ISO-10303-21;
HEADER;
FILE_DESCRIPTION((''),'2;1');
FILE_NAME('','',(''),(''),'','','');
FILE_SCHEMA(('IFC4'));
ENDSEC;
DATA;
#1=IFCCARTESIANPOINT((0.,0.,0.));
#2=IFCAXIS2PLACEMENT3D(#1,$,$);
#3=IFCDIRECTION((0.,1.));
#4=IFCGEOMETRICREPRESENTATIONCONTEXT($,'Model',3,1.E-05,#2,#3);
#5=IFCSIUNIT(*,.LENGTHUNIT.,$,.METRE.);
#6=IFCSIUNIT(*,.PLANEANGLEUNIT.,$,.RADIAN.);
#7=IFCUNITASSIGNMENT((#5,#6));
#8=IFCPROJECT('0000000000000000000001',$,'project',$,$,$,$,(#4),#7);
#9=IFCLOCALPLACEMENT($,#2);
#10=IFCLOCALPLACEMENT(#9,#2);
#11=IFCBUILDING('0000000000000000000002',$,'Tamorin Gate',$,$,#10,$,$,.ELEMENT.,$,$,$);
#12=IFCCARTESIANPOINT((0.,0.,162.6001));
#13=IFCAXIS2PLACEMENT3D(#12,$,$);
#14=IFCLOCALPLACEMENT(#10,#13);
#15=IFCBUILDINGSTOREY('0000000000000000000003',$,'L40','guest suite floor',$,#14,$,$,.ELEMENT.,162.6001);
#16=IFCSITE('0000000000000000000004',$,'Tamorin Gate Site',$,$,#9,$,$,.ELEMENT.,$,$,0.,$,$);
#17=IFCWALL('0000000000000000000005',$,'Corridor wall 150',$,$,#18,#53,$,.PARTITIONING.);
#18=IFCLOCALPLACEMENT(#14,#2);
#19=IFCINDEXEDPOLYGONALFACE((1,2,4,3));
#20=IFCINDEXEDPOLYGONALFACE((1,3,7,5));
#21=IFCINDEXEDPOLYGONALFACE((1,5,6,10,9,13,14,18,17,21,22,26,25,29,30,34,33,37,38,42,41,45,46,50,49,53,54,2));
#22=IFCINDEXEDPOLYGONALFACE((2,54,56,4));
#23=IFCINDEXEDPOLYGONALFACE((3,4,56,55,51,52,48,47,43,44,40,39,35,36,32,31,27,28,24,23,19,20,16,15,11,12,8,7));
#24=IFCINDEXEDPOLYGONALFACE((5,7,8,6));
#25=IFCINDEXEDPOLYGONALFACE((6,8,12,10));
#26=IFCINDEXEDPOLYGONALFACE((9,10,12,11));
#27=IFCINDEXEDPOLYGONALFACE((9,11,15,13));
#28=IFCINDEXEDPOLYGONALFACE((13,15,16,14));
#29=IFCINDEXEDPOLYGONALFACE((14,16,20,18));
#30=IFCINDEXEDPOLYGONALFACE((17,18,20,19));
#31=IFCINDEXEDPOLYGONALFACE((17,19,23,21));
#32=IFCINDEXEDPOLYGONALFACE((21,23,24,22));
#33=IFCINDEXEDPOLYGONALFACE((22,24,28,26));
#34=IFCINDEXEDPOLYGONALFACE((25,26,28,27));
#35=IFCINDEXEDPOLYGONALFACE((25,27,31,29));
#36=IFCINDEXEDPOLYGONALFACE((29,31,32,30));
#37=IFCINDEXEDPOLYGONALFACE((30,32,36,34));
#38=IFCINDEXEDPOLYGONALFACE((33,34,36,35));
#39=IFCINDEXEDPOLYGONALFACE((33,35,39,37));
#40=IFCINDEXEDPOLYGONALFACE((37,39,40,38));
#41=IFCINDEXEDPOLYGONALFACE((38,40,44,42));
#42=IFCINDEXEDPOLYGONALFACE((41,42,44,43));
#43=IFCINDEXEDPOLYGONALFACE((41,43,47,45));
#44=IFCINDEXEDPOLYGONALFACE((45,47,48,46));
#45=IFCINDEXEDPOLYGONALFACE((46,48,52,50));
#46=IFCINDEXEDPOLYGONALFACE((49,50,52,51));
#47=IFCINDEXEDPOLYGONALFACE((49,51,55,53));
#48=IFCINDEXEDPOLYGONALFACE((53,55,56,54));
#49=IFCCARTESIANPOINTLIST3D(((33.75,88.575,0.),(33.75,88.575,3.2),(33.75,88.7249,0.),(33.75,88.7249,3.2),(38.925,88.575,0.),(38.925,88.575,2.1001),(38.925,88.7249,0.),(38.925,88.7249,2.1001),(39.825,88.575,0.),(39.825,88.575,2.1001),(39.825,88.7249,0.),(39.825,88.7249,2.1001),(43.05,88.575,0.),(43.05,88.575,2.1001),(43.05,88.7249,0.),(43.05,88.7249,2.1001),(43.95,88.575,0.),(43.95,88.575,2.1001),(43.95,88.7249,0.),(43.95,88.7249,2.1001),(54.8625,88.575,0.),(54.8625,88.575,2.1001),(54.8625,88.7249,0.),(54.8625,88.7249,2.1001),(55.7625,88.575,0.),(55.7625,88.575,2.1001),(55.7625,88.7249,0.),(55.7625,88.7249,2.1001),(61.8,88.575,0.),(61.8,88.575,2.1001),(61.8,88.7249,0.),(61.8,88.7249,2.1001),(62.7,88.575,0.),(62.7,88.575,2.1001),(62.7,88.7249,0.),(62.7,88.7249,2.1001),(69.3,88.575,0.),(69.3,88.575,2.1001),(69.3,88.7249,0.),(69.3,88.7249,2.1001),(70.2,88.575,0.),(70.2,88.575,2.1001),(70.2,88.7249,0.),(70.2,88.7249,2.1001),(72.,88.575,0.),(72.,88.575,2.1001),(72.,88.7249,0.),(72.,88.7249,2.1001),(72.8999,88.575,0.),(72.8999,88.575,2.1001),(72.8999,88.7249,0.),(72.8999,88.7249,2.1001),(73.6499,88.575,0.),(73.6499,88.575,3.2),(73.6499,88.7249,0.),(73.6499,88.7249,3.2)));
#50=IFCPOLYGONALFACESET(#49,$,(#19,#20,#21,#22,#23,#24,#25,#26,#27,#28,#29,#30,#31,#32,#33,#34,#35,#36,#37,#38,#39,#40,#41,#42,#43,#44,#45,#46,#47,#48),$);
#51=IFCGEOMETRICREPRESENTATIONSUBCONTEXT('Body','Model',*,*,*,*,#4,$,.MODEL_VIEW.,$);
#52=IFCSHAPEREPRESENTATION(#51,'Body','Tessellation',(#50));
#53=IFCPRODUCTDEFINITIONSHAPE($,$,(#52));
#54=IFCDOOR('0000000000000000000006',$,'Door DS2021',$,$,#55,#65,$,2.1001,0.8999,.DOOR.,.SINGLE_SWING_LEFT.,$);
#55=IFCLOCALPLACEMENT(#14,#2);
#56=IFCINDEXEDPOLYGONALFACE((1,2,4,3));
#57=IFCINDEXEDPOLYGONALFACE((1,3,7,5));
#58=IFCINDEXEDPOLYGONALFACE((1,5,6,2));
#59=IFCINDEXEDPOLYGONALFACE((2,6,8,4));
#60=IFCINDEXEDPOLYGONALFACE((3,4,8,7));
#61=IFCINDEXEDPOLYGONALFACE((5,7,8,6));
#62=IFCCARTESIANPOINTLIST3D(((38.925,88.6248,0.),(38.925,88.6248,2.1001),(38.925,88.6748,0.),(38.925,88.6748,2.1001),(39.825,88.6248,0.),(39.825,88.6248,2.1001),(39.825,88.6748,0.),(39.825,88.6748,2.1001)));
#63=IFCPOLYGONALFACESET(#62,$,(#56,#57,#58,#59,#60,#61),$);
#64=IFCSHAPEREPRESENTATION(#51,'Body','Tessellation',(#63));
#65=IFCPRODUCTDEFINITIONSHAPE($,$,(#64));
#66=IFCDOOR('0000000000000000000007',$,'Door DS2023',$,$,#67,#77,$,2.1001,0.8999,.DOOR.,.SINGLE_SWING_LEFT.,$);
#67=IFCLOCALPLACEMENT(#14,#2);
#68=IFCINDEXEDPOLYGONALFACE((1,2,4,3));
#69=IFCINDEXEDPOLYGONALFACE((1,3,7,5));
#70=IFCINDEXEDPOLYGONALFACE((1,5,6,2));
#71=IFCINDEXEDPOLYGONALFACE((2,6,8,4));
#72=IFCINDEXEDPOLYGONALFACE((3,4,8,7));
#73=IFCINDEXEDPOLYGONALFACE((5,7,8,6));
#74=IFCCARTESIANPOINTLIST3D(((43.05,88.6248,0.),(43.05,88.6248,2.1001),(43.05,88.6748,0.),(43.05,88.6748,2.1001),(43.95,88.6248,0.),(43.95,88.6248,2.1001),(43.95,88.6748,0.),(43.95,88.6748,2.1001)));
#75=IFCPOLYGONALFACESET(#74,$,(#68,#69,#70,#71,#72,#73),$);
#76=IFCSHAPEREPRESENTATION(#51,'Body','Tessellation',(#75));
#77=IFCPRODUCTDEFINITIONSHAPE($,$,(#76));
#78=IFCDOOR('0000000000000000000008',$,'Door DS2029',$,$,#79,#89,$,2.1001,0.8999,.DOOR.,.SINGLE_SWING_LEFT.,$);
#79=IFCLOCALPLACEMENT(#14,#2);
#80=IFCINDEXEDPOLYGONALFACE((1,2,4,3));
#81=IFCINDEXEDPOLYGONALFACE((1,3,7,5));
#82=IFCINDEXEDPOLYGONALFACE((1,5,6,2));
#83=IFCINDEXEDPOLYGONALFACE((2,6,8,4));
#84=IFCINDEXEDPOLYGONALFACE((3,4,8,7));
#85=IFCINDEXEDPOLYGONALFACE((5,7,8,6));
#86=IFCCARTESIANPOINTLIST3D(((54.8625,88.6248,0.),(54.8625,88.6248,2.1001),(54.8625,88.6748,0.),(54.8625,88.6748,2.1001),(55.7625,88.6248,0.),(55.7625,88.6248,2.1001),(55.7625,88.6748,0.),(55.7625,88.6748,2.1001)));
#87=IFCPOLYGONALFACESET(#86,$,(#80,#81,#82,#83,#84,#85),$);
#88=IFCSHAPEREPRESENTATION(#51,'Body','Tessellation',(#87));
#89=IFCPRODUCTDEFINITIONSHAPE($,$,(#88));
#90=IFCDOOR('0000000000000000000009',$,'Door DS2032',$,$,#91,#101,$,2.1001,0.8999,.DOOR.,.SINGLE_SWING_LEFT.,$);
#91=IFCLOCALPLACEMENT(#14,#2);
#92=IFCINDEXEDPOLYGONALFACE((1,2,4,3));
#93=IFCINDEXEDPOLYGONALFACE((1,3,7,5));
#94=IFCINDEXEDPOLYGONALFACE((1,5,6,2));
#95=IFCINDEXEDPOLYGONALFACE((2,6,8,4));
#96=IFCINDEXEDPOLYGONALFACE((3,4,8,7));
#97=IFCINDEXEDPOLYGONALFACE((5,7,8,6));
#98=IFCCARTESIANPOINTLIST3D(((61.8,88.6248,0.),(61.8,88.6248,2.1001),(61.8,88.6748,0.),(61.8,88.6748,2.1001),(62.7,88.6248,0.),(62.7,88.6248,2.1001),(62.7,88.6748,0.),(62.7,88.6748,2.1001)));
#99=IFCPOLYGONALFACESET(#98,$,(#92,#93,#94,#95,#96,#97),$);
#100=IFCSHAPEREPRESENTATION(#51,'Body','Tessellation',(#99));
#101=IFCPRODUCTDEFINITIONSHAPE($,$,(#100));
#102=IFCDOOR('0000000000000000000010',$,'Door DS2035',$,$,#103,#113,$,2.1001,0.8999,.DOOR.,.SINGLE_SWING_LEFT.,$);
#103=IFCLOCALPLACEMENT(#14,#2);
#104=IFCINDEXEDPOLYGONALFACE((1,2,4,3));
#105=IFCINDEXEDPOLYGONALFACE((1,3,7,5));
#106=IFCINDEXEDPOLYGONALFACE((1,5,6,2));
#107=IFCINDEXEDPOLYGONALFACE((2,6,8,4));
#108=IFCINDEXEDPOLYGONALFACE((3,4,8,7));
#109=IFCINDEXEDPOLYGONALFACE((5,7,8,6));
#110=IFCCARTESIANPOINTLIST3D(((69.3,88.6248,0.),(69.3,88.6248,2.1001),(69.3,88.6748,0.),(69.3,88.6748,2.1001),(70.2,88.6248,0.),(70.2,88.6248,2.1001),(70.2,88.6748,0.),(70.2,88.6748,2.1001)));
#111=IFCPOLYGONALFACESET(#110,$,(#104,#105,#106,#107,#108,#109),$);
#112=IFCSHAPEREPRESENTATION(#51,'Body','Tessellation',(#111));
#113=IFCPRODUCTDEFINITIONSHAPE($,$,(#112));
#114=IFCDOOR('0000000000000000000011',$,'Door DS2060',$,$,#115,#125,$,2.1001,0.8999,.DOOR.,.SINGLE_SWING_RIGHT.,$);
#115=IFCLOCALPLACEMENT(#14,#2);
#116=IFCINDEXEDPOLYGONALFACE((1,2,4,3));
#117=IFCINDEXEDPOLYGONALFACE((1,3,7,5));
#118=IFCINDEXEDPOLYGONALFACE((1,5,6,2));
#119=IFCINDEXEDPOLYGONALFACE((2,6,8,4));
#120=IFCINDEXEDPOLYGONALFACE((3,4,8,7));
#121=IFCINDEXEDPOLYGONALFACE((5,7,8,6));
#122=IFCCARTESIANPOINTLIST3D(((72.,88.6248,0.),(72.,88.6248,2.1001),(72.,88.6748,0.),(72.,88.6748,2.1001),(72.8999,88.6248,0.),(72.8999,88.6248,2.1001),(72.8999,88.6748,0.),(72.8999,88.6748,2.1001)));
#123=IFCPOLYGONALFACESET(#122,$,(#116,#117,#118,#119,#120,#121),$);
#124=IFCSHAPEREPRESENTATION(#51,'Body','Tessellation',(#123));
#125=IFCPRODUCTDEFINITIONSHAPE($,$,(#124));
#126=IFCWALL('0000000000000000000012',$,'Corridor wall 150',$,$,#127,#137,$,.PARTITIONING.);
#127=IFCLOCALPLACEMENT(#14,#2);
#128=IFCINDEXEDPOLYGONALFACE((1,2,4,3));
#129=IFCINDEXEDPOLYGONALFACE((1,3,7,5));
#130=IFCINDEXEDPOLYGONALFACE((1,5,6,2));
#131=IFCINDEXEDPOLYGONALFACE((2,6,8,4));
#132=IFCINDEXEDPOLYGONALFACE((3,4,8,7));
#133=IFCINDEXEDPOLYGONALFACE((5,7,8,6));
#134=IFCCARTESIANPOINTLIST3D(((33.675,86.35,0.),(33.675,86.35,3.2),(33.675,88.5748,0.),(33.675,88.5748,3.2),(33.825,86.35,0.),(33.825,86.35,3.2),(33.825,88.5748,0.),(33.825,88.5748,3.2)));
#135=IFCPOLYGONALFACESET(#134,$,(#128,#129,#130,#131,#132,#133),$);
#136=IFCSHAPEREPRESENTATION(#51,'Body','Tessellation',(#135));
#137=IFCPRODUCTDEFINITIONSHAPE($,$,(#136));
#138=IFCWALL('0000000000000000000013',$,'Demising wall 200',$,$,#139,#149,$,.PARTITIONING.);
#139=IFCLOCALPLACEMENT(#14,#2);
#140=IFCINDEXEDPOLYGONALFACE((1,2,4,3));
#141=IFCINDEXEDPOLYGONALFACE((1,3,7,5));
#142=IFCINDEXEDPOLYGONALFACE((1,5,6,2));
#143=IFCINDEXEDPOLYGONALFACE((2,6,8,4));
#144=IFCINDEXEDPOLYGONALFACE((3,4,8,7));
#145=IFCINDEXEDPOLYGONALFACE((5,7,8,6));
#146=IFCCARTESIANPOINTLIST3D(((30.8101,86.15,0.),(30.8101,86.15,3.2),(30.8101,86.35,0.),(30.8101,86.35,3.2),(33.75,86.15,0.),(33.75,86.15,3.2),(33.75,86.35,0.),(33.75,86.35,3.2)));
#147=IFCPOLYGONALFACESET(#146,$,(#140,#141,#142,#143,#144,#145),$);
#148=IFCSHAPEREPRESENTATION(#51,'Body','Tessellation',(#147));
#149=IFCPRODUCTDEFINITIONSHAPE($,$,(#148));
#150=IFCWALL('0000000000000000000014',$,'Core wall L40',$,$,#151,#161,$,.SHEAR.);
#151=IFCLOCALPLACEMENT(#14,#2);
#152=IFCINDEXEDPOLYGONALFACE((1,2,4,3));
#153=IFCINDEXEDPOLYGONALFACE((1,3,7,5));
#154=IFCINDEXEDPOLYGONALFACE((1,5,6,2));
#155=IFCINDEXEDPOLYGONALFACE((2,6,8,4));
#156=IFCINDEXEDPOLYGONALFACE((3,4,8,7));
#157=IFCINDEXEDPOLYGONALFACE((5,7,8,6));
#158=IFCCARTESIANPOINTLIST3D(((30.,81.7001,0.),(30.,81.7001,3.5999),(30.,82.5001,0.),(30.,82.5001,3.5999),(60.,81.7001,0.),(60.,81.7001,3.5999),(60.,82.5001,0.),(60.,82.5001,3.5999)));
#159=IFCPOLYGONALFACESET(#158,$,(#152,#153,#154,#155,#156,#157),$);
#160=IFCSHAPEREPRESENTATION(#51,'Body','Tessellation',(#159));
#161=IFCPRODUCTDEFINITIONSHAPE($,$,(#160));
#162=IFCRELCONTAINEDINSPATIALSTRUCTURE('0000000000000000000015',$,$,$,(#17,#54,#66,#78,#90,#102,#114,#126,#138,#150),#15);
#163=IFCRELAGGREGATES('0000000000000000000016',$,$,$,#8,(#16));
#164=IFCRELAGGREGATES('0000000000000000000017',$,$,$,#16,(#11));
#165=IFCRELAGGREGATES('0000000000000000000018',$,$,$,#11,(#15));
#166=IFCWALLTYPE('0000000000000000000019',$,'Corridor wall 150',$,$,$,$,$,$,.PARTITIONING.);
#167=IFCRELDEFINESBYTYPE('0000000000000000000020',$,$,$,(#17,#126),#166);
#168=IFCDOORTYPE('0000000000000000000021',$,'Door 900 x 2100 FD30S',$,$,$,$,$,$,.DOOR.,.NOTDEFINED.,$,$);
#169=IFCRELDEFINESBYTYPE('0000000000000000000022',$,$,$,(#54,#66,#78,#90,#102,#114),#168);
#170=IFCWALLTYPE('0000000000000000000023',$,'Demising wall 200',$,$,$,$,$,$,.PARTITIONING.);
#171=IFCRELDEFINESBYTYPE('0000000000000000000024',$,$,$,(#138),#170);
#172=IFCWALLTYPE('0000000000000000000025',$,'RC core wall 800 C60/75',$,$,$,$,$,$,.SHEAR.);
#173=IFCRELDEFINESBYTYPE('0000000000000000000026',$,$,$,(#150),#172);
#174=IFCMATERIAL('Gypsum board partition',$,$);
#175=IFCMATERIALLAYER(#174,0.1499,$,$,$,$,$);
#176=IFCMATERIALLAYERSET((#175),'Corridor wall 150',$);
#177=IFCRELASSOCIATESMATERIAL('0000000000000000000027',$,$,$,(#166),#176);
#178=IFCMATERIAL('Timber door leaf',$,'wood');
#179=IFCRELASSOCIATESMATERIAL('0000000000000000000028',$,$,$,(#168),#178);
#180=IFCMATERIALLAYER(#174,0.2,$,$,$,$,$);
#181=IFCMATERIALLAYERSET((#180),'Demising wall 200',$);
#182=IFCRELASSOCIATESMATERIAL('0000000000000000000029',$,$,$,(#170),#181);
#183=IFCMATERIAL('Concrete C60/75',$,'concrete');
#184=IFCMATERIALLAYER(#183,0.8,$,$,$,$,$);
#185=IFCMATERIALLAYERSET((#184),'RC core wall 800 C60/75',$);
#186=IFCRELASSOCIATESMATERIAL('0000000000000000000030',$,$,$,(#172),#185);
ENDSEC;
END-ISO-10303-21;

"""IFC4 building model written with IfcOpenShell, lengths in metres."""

from ifc_helpers import new_model, si_unit, direction, frame, frame_2d, origin, place, context, subcontext, project, spatial, rectangle, extrude, material, layer, layer_set, type_object, element, fill, save


model = new_model("IFC4")

# Units and contexts
model_context = context("Model", 3, precision=1e-05, world=origin(), true_north=direction((0.0, 1.0)))
body_context = subcontext(model_context, "Body", "Model", "MODEL_VIEW")
ifc_project = project(units=[si_unit("LENGTHUNIT", "METRE"), si_unit("PLANEANGLEUNIT", "RADIAN")], contexts=[model_context])

# Site, building, storey
site_placement = place(None, origin())
site = spatial("IfcSite", under=ifc_project, at=site_placement, Name="Tamorin Gate Site", CompositionType="ELEMENT", RefElevation=0.0)
building_placement = place(site_placement, origin())
building = spatial("IfcBuilding", under=site, at=building_placement, Name="Tamorin Gate", CompositionType="ELEMENT")
storey_placement = place(building_placement, frame((0.0, 0.0, 162.6001)))
storey = spatial("IfcBuildingStorey", under=building, at=storey_placement, Name="L40", Description="guest suite floor", CompositionType="ELEMENT", Elevation=162.6001)

# Shared definitions
ifc_material_1 = material(Name="Gypsum board partition")
ifc_layer_1 = layer(ifc_material_1, 0.1499)
ifc_layer_set_1 = layer_set([ifc_layer_1], Name="Corridor wall 150")
wall_type_1 = type_object("IfcWallType", Name="Corridor wall 150", PredefinedType="PARTITIONING", material=ifc_layer_set_1)
ifc_material_2 = material(Name="Timber door leaf", Category="wood")
door_type_1 = type_object("IfcDoorType", Name="Door 900 x 2100 FD30S", OperationType="NOTDEFINED", PredefinedType="DOOR", material=ifc_material_2)

# Wall, openings, doors
wall_1_placement = place(storey_placement, frame((33.75, 88.6499, 0.0), z_axis=(0.0, 0.0, 1.0), x_axis=(1.0, 0.0, 0.0)))
wall_1 = element("IfcWall", 1, at=wall_1_placement, inside=storey, type_object=wall_type_1, Name="Corridor wall 150", PredefinedType="PARTITIONING", context=body_context, shape_type="SweptSolid", body=[
    extrude(rectangle(XDim=39.8999, YDim=0.1499, at=frame_2d((19.95, 0.0))), origin(), (0.0, 0.0, 1.0), 3.2),
])
opening_1_placement = place(wall_1_placement, frame((5.175, 0.0, 0.0)))
opening_1 = element("IfcOpeningElement", 2, at=opening_1_placement, cuts=wall_1, PredefinedType="OPENING", context=body_context, shape_type="SweptSolid", body=[
    extrude(rectangle(XDim=0.8999, YDim=2.1001, at=frame_2d((0.45, 1.05))), frame((0.0, 0.085, 0.0), z_axis=(0.0, -1.0, 0.0), x_axis=(1.0, 0.0, 0.0)), (0.0, 0.0, 1.0), 0.1699),
])
opening_2_placement = place(wall_1_placement, frame((9.3, 0.0, 0.0)))
opening_2 = element("IfcOpeningElement", 3, at=opening_2_placement, cuts=wall_1, PredefinedType="OPENING", context=body_context, shape_type="SweptSolid", body=[
    extrude(rectangle(XDim=0.8999, YDim=2.1001, at=frame_2d((0.45, 1.05))), frame((0.0, 0.085, 0.0), z_axis=(0.0, -1.0, 0.0), x_axis=(1.0, 0.0, 0.0)), (0.0, 0.0, 1.0), 0.1699),
])
opening_3_placement = place(wall_1_placement, frame((21.1125, 0.0, 0.0)))
opening_3 = element("IfcOpeningElement", 4, at=opening_3_placement, cuts=wall_1, PredefinedType="OPENING", context=body_context, shape_type="SweptSolid", body=[
    extrude(rectangle(XDim=0.8999, YDim=2.1001, at=frame_2d((0.45, 1.05))), frame((0.0, 0.085, 0.0), z_axis=(0.0, -1.0, 0.0), x_axis=(1.0, 0.0, 0.0)), (0.0, 0.0, 1.0), 0.1699),
])
opening_4_placement = place(wall_1_placement, frame((28.05, 0.0, 0.0)))
opening_4 = element("IfcOpeningElement", 5, at=opening_4_placement, cuts=wall_1, PredefinedType="OPENING", context=body_context, shape_type="SweptSolid", body=[
    extrude(rectangle(XDim=0.8999, YDim=2.1001, at=frame_2d((0.45, 1.05))), frame((0.0, 0.085, 0.0), z_axis=(0.0, -1.0, 0.0), x_axis=(1.0, 0.0, 0.0)), (0.0, 0.0, 1.0), 0.1699),
])
opening_5_placement = place(wall_1_placement, frame((35.55, 0.0, 0.0)))
opening_5 = element("IfcOpeningElement", 6, at=opening_5_placement, cuts=wall_1, PredefinedType="OPENING", context=body_context, shape_type="SweptSolid", body=[
    extrude(rectangle(XDim=0.8999, YDim=2.1001, at=frame_2d((0.45, 1.05))), frame((0.0, 0.085, 0.0), z_axis=(0.0, -1.0, 0.0), x_axis=(1.0, 0.0, 0.0)), (0.0, 0.0, 1.0), 0.1699),
])
opening_6_placement = place(wall_1_placement, frame((38.25, 0.0, 0.0)))
opening_6 = element("IfcOpeningElement", 7, at=opening_6_placement, cuts=wall_1, PredefinedType="OPENING", context=body_context, shape_type="SweptSolid", body=[
    extrude(rectangle(XDim=0.8999, YDim=2.1001, at=frame_2d((0.45, 1.05))), frame((0.0, 0.085, 0.0), z_axis=(0.0, -1.0, 0.0), x_axis=(1.0, 0.0, 0.0)), (0.0, 0.0, 1.0), 0.1699),
])
door_1_placement = place(opening_1_placement, origin())
door_1 = element("IfcDoor", 8, at=door_1_placement, inside=storey, type_object=door_type_1, Name="Door DS2021", OperationType="SINGLE_SWING_LEFT", OverallHeight=2.1001, OverallWidth=0.8999, PredefinedType="DOOR", context=body_context, shape_type="SweptSolid", body=[
    extrude(rectangle(XDim=0.8999, YDim=2.1001, at=frame_2d((0.45, 1.05))), frame((0.0, 0.0249, 0.0), z_axis=(0.0, -1.0, 0.0), x_axis=(1.0, 0.0, 0.0)), (0.0, 0.0, 1.0), 0.05),
])
fill(opening_1, door_1)
door_2_placement = place(opening_2_placement, origin())
door_2 = element("IfcDoor", 9, at=door_2_placement, inside=storey, type_object=door_type_1, Name="Door DS2023", OperationType="SINGLE_SWING_LEFT", OverallHeight=2.1001, OverallWidth=0.8999, PredefinedType="DOOR", context=body_context, shape_type="SweptSolid", body=[
    extrude(rectangle(XDim=0.8999, YDim=2.1001, at=frame_2d((0.45, 1.05))), frame((0.0, 0.0249, 0.0), z_axis=(0.0, -1.0, 0.0), x_axis=(1.0, 0.0, 0.0)), (0.0, 0.0, 1.0), 0.05),
])
fill(opening_2, door_2)
door_3_placement = place(opening_3_placement, origin())
door_3 = element("IfcDoor", 10, at=door_3_placement, inside=storey, type_object=door_type_1, Name="Door DS2029", OperationType="SINGLE_SWING_LEFT", OverallHeight=2.1001, OverallWidth=0.8999, PredefinedType="DOOR", context=body_context, shape_type="SweptSolid", body=[
    extrude(rectangle(XDim=0.8999, YDim=2.1001, at=frame_2d((0.45, 1.05))), frame((0.0, 0.0249, 0.0), z_axis=(0.0, -1.0, 0.0), x_axis=(1.0, 0.0, 0.0)), (0.0, 0.0, 1.0), 0.05),
])
fill(opening_3, door_3)
door_4_placement = place(opening_4_placement, origin())
door_4 = element("IfcDoor", 11, at=door_4_placement, inside=storey, type_object=door_type_1, Name="Door DS2032", OperationType="SINGLE_SWING_LEFT", OverallHeight=2.1001, OverallWidth=0.8999, PredefinedType="DOOR", context=body_context, shape_type="SweptSolid", body=[
    extrude(rectangle(XDim=0.8999, YDim=2.1001, at=frame_2d((0.45, 1.05))), frame((0.0, 0.0249, 0.0), z_axis=(0.0, -1.0, 0.0), x_axis=(1.0, 0.0, 0.0)), (0.0, 0.0, 1.0), 0.05),
])
fill(opening_4, door_4)
door_5_placement = place(opening_5_placement, origin())
door_5 = element("IfcDoor", 12, at=door_5_placement, inside=storey, type_object=door_type_1, Name="Door DS2035", OperationType="SINGLE_SWING_LEFT", OverallHeight=2.1001, OverallWidth=0.8999, PredefinedType="DOOR", context=body_context, shape_type="SweptSolid", body=[
    extrude(rectangle(XDim=0.8999, YDim=2.1001, at=frame_2d((0.45, 1.05))), frame((0.0, 0.0249, 0.0), z_axis=(0.0, -1.0, 0.0), x_axis=(1.0, 0.0, 0.0)), (0.0, 0.0, 1.0), 0.05),
])
fill(opening_5, door_5)
door_6_placement = place(opening_6_placement, origin())
door_6 = element("IfcDoor", 13, at=door_6_placement, inside=storey, type_object=door_type_1, Name="Door DS2060", OperationType="SINGLE_SWING_RIGHT", OverallHeight=2.1001, OverallWidth=0.8999, PredefinedType="DOOR", context=body_context, shape_type="SweptSolid", body=[
    extrude(rectangle(XDim=0.8999, YDim=2.1001, at=frame_2d((0.45, 1.05))), frame((0.0, 0.0249, 0.0), z_axis=(0.0, -1.0, 0.0), x_axis=(1.0, 0.0, 0.0)), (0.0, 0.0, 1.0), 0.05),
])
fill(opening_6, door_6)

# Walls
wall_2_placement = place(storey_placement, frame((33.75, 86.3501, 0.0), z_axis=(0.0, 0.0, 1.0), x_axis=(0.0, 1.0, 0.0)))
element("IfcWall", 14, at=wall_2_placement, inside=storey, type_object=wall_type_1, Name="Corridor wall 150", PredefinedType="PARTITIONING", context=body_context, shape_type="SweptSolid", body=[
    extrude(rectangle(XDim=2.2249, YDim=0.1499, at=frame_2d((1.1123, 0.0))), origin(), (0.0, 0.0, 1.0), 3.2),
])
ifc_layer_2 = layer(ifc_material_1, 0.2)
ifc_layer_set_2 = layer_set([ifc_layer_2], Name="Demising wall 200")
wall_type_2 = type_object("IfcWallType", Name="Demising wall 200", PredefinedType="PARTITIONING", material=ifc_layer_set_2)
wall_3_placement = place(storey_placement, frame((30.8101, 86.25, 0.0), z_axis=(0.0, 0.0, 1.0), x_axis=(1.0, 0.0, 0.0)))
element("IfcWall", 15, at=wall_3_placement, inside=storey, type_object=wall_type_2, Name="Demising wall 200", PredefinedType="PARTITIONING", context=body_context, shape_type="SweptSolid", body=[
    extrude(rectangle(XDim=2.9399, YDim=0.2, at=frame_2d((1.47, 0.0))), origin(), (0.0, 0.0, 1.0), 3.2),
])
ifc_material_3 = material(Name="Concrete C60/75", Category="concrete")
ifc_layer_3 = layer(ifc_material_3, 0.8)
ifc_layer_set_3 = layer_set([ifc_layer_3], Name="RC core wall 800 C60/75")
wall_type_3 = type_object("IfcWallType", Name="RC core wall 800 C60/75", PredefinedType="SHEAR", material=ifc_layer_set_3)
wall_4_placement = place(storey_placement, frame((30.0, 82.1001, 0.0), z_axis=(0.0, 0.0, 1.0), x_axis=(1.0, 0.0, 0.0)))
element("IfcWall", 16, at=wall_4_placement, inside=storey, type_object=wall_type_3, Name="Core wall L40", PredefinedType="SHEAR", context=body_context, shape_type="SweptSolid", body=[
    extrude(rectangle(XDim=30.0, YDim=0.8, at=frame_2d((15.0, 0.0))), origin(), (0.0, 0.0, 1.0), 3.5999),
])

save(model, "model.ifc")
